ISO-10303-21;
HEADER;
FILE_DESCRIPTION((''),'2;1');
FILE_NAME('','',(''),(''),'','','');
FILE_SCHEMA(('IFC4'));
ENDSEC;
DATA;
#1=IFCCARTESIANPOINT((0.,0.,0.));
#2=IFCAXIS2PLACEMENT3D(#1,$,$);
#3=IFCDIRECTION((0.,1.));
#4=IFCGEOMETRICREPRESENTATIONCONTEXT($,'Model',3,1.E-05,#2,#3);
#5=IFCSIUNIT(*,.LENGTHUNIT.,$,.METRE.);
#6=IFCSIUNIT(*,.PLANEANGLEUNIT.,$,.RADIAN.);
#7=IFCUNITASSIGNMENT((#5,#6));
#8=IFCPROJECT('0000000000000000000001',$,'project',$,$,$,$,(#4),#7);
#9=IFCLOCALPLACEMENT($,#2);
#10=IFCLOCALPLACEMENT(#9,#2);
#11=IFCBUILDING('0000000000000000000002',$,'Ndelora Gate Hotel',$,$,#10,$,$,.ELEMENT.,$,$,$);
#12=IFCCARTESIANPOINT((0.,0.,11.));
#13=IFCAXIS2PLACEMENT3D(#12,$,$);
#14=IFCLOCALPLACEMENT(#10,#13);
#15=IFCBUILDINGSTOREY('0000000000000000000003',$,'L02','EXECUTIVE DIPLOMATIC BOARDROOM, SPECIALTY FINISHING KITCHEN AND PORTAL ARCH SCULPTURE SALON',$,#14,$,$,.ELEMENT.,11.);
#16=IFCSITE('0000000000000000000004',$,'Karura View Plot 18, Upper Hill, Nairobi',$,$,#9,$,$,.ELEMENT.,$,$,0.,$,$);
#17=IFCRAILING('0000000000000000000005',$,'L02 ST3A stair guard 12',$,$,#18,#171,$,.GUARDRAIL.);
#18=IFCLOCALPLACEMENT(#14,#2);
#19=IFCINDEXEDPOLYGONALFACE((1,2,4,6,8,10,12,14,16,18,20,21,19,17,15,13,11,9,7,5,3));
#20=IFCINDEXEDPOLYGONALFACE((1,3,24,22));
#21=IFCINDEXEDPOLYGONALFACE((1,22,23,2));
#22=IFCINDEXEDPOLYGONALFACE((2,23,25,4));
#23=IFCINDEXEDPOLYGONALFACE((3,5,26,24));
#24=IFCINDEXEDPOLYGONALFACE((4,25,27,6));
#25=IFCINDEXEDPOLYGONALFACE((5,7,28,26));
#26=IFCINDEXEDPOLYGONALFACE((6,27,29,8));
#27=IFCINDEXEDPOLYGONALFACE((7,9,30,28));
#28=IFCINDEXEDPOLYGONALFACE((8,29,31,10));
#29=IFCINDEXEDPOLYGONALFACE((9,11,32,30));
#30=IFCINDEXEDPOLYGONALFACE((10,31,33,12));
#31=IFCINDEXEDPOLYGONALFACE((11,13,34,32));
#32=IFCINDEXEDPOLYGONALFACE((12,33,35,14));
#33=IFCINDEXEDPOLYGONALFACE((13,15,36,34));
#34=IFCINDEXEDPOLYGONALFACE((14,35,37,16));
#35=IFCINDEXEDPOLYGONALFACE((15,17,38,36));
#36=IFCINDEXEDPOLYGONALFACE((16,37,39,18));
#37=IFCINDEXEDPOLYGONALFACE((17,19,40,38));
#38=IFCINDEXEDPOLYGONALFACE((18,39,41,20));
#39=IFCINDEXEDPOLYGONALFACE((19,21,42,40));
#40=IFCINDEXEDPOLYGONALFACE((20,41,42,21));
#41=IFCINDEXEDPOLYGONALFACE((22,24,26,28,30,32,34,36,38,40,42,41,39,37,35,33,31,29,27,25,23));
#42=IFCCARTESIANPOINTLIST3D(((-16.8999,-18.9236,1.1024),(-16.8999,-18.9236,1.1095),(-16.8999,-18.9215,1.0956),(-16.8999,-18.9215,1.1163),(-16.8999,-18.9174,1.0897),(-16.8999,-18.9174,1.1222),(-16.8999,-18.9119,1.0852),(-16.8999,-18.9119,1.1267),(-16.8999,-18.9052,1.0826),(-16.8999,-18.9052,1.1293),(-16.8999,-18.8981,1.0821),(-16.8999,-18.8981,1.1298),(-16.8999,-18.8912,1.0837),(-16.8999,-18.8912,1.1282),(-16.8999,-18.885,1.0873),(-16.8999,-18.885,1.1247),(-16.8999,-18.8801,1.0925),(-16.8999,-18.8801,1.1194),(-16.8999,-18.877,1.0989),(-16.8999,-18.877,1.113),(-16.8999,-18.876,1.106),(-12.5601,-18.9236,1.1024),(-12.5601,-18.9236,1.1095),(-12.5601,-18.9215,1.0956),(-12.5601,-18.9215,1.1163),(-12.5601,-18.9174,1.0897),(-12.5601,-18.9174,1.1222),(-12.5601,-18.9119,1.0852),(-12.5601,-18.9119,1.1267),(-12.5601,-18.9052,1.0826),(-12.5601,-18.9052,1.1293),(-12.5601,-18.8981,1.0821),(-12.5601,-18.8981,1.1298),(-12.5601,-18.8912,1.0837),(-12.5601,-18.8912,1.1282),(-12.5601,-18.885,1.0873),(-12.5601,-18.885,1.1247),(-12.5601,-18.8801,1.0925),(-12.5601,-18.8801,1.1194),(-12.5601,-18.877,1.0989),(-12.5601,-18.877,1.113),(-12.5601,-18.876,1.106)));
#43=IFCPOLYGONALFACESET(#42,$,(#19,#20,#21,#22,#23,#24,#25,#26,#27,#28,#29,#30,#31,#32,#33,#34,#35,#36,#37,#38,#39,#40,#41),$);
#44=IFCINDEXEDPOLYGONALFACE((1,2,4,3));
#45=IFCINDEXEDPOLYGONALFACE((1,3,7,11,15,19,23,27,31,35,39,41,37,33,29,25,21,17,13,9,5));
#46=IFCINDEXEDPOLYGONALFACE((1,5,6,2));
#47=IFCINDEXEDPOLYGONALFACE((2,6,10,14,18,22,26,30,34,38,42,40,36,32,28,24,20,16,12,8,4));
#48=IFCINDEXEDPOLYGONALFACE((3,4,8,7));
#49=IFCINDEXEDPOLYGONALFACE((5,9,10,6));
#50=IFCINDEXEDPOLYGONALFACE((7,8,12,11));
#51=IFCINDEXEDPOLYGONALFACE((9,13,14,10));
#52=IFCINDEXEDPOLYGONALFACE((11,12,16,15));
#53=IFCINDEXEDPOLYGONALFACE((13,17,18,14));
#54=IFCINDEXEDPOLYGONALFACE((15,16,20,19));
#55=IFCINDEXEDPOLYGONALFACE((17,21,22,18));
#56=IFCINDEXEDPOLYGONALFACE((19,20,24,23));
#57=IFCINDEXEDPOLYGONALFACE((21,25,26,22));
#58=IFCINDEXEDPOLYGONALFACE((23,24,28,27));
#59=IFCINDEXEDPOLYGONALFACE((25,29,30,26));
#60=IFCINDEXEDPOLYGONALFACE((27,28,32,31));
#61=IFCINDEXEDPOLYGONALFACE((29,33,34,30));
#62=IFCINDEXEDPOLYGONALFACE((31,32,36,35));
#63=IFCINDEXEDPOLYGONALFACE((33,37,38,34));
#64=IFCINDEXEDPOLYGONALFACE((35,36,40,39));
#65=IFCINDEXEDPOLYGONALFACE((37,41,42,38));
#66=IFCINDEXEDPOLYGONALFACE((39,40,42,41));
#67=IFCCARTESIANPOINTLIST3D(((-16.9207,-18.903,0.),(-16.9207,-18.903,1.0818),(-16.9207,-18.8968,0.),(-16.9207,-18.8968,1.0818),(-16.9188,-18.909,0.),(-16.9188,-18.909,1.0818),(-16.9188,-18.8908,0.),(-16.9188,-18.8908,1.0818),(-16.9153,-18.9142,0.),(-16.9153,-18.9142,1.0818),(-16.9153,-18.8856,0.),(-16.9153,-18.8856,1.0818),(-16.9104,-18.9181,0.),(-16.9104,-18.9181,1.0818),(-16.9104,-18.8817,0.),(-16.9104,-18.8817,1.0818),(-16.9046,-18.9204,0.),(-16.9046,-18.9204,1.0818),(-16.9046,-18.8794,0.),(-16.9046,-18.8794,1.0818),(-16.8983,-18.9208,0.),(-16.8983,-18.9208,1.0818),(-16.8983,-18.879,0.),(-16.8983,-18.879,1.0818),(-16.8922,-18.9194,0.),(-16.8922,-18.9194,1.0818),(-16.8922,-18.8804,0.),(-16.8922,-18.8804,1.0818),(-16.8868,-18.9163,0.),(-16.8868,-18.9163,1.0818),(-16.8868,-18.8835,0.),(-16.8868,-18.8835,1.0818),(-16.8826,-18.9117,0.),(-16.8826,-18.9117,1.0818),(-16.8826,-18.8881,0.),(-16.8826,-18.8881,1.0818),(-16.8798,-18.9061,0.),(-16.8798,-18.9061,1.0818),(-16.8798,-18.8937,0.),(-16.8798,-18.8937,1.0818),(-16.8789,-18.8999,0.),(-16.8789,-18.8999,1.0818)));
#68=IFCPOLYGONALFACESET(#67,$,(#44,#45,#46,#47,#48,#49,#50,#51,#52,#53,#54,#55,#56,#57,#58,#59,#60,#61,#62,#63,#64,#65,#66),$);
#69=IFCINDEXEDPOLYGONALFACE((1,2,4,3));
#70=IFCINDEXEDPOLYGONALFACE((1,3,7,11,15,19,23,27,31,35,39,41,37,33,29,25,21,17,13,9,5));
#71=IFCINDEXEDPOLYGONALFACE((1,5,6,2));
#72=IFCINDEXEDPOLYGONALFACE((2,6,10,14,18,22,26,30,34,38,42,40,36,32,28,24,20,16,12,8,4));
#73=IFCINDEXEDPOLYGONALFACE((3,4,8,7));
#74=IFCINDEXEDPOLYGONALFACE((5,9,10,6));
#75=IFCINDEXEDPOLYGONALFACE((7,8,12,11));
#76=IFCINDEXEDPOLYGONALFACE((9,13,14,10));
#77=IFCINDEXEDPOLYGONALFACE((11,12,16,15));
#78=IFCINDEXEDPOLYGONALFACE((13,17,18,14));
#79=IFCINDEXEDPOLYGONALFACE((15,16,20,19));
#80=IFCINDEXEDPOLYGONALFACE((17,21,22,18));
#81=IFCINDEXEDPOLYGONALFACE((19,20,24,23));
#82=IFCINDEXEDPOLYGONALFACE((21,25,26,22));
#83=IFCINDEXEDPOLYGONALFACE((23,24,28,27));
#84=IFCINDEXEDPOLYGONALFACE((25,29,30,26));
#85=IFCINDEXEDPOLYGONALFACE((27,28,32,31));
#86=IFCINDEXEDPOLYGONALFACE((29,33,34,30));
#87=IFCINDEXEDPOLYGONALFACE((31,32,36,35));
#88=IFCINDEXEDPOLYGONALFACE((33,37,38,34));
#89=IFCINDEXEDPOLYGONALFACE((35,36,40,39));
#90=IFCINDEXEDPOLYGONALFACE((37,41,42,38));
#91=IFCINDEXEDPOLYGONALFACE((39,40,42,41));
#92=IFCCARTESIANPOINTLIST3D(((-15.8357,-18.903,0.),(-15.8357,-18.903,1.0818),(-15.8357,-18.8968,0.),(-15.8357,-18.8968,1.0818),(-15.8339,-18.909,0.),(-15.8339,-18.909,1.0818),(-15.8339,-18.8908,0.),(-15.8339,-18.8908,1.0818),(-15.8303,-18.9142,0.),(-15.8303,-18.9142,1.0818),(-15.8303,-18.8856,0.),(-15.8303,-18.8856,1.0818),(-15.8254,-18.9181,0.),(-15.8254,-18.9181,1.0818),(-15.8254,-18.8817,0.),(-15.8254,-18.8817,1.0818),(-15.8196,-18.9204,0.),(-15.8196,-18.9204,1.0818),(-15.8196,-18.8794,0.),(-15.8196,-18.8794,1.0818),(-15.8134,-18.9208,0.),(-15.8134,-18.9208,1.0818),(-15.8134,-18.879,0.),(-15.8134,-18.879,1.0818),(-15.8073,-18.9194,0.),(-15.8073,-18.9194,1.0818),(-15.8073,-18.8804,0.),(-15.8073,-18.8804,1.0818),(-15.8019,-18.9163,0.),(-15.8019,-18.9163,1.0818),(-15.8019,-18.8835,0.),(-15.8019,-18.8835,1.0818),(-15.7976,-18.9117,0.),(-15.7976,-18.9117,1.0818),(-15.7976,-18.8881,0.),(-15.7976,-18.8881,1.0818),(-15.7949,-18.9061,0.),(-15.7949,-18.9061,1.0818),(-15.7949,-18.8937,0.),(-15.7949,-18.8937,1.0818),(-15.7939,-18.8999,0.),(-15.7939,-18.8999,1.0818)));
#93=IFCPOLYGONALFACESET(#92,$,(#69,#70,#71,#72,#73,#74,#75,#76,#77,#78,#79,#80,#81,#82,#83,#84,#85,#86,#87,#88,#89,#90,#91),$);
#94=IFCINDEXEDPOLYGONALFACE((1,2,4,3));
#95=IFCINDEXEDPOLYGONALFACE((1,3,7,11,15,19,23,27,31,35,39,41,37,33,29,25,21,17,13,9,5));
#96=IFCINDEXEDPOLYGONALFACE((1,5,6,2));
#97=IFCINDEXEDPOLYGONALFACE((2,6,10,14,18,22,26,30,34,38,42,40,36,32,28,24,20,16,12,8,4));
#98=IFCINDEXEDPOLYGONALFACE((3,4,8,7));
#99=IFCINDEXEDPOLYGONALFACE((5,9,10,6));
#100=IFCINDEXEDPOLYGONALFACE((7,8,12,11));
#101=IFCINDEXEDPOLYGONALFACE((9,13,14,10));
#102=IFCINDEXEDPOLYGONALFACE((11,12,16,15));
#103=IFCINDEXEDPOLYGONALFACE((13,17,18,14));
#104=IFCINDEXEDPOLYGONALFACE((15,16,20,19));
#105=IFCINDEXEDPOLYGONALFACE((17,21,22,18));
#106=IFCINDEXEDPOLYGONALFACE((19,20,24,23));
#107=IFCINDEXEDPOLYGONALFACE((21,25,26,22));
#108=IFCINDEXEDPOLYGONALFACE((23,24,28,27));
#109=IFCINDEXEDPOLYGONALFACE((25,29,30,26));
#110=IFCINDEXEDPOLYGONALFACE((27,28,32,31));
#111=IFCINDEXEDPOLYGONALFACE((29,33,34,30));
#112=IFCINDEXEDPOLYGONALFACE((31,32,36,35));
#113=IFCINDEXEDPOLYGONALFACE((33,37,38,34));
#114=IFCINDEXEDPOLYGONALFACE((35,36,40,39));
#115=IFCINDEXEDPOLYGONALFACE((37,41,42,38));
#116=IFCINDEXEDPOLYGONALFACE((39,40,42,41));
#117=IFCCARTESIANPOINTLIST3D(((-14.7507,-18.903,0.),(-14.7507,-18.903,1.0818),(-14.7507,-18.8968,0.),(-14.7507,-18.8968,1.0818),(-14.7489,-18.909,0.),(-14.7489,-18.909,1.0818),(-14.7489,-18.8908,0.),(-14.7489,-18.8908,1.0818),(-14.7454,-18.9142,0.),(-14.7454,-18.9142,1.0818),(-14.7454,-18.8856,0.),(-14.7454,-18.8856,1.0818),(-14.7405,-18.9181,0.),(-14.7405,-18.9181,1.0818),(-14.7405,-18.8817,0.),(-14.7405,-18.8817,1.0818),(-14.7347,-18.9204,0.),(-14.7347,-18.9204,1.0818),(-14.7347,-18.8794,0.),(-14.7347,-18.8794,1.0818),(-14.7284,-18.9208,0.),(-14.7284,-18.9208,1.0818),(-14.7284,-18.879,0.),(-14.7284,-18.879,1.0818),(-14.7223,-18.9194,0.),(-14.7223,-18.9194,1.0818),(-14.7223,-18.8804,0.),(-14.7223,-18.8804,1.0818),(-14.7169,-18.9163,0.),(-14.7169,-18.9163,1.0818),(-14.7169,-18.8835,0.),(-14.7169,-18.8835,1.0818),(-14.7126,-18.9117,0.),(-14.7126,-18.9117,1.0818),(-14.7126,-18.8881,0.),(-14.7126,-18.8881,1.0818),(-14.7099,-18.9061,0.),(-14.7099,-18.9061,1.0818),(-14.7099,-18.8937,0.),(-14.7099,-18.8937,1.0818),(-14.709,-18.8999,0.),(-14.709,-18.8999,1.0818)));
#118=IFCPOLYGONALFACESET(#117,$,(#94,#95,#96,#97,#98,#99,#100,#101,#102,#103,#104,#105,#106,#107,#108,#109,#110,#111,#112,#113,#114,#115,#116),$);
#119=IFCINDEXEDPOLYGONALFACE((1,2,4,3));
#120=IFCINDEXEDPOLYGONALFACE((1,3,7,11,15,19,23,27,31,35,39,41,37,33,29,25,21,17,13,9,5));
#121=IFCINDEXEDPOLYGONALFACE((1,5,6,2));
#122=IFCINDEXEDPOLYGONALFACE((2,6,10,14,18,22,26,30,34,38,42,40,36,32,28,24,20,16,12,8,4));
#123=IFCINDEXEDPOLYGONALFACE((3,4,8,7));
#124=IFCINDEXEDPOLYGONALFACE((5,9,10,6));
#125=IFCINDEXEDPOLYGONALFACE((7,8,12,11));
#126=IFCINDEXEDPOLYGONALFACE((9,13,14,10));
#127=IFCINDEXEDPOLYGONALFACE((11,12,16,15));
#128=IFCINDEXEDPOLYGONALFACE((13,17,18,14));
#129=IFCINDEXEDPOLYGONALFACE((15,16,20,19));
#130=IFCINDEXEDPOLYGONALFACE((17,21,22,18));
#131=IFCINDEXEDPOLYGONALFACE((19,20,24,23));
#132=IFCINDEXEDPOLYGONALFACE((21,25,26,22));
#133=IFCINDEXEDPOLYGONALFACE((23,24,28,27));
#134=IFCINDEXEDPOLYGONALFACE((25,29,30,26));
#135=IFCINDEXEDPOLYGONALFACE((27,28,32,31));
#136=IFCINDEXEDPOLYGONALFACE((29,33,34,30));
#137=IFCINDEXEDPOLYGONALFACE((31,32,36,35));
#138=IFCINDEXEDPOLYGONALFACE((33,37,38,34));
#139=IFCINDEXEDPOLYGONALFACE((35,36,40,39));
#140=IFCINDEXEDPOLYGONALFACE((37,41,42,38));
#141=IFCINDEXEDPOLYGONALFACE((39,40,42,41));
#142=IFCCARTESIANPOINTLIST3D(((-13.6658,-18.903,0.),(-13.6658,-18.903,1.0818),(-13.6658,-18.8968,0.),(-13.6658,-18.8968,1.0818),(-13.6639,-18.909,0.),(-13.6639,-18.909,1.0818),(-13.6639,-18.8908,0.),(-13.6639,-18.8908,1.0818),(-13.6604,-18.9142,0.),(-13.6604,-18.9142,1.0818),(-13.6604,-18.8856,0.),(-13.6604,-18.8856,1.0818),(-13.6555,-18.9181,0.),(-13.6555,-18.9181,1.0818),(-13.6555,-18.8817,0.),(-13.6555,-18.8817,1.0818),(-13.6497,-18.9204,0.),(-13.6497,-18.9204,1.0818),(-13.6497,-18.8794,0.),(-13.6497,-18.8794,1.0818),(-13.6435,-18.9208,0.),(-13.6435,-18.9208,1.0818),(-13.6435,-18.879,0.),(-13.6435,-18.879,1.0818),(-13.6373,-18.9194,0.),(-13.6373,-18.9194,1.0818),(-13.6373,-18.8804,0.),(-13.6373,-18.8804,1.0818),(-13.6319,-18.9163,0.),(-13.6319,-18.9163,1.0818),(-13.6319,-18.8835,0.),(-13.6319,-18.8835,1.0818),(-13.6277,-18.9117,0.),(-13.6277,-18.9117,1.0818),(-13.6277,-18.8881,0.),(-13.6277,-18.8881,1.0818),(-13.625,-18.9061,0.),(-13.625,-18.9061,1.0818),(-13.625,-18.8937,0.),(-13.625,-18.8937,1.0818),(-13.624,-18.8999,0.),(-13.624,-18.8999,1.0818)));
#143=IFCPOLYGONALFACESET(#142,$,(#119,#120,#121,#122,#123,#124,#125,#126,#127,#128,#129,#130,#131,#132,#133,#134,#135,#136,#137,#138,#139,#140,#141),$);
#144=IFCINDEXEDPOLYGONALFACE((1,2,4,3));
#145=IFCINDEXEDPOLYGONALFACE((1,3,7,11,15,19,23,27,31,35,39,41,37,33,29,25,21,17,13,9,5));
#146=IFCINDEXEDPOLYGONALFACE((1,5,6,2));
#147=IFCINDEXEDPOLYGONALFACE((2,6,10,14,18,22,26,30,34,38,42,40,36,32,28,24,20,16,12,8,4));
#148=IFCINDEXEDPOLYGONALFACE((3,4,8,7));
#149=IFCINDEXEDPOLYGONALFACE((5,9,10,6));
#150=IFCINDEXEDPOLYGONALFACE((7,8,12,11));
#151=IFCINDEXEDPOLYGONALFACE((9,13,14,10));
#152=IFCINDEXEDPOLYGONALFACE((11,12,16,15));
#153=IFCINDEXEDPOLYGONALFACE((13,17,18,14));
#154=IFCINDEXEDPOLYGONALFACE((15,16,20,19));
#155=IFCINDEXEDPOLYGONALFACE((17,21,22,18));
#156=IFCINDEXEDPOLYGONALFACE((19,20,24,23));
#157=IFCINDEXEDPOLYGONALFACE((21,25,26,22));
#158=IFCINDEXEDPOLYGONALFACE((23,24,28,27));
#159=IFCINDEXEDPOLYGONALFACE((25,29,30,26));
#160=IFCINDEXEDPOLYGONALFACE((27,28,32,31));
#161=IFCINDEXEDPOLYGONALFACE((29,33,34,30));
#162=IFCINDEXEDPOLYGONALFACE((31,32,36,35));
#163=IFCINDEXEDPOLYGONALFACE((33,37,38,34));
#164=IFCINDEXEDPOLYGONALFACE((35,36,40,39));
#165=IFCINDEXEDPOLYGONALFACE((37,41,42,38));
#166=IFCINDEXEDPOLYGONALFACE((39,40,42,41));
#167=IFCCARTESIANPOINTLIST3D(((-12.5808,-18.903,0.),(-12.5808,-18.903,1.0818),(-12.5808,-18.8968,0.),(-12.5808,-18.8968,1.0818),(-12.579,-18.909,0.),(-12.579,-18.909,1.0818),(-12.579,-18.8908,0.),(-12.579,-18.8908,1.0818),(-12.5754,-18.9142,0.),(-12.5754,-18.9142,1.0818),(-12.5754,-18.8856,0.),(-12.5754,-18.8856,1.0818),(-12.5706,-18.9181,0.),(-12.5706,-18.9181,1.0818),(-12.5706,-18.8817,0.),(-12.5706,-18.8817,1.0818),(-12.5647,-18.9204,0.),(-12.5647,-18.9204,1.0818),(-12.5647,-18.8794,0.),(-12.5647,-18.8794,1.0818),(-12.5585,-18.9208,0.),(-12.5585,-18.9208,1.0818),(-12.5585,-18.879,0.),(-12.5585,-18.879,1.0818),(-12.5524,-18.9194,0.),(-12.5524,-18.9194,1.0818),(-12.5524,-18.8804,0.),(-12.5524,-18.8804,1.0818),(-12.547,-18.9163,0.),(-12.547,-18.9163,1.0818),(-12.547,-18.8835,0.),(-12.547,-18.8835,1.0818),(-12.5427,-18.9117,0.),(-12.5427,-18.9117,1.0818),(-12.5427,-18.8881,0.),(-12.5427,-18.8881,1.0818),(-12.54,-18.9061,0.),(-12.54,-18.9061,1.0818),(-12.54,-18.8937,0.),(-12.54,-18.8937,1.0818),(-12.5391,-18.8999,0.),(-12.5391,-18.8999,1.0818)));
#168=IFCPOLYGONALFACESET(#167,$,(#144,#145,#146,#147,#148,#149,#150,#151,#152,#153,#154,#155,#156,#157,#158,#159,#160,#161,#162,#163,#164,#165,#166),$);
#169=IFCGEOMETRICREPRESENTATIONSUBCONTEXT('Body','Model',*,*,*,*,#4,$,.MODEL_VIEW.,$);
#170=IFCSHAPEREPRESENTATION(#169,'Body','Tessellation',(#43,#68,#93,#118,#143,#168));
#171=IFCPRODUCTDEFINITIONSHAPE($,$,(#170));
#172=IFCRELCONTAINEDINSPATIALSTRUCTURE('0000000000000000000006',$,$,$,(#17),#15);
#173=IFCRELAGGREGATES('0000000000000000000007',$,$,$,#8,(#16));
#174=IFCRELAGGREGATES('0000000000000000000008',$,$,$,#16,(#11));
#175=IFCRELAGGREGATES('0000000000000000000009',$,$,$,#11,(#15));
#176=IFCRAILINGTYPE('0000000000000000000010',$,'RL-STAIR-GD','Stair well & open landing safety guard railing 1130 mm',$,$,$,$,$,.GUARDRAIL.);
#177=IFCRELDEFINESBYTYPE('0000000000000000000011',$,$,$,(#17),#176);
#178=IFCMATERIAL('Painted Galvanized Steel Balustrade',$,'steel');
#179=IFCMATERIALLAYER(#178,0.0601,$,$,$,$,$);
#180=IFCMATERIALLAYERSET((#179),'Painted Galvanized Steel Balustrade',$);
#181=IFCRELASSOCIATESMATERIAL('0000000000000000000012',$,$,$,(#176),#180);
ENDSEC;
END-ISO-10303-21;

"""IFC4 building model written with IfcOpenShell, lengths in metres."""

from ifc_helpers import new_model, si_unit, direction, frame, origin, origin_2d, place, context, subcontext, project, spatial, circle, extrude, material, layer, layer_set, type_object, element, save


model = new_model("IFC4")

# Units and contexts
model_context = context("Model", 3, precision=1e-05, world=origin(), true_north=direction((0.0, 1.0)))
body_context = subcontext(model_context, "Body", "Model", "MODEL_VIEW")
ifc_project = project(units=[si_unit("LENGTHUNIT", "METRE"), si_unit("PLANEANGLEUNIT", "RADIAN")], contexts=[model_context])

# Site, building, storey
site_placement = place(None, origin())
site = spatial("IfcSite", under=ifc_project, at=site_placement, Name="Karura View Plot 18, Upper Hill, Nairobi", CompositionType="ELEMENT", RefElevation=0.0)
building_placement = place(site_placement, origin())
building = spatial("IfcBuilding", under=site, at=building_placement, Name="Ndelora Gate Hotel", CompositionType="ELEMENT")
storey_placement = place(building_placement, frame((0.0, 0.0, 11.0)))
storey = spatial("IfcBuildingStorey", under=building, at=storey_placement, Name="L02", Description="EXECUTIVE DIPLOMATIC BOARDROOM, SPECIALTY FINISHING KITCHEN AND PORTAL ARCH SCULPTURE SALON", CompositionType="ELEMENT", Elevation=11.0)

# Railing
ifc_material_1 = material(Name="Painted Galvanized Steel Balustrade", Category="steel")
ifc_layer_1 = layer(ifc_material_1, 0.0601)
ifc_layer_set_1 = layer_set([ifc_layer_1], Name="Painted Galvanized Steel Balustrade")
railing_type_1 = type_object("IfcRailingType", Name="RL-STAIR-GD", Description="Stair well & open landing safety guard railing 1130 mm", PredefinedType="GUARDRAIL", material=ifc_layer_set_1)
railing_1_placement = place(storey_placement, frame((-16.8999, -18.8999, 0.0)))
element("IfcRailing", 1, at=railing_1_placement, inside=storey, type_object=railing_type_1, Name="L02 ST3A stair guard 12", PredefinedType="GUARDRAIL", context=body_context, shape_type="SweptSolid", body=[
    extrude(circle(Radius=0.0239, at=origin_2d()), frame((0.0, 0.0, 1.106), z_axis=(1.0, 0.0, 0.0), x_axis=(0.0, 1.0, 0.0)), (0.0, 0.0, 1.0), 4.3398),
    extrude(circle(Radius=0.021, at=origin_2d()), origin(), (0.0, 0.0, 1.0), 1.0818),
    extrude(circle(Radius=0.021, at=origin_2d()), frame((1.085, 0.0, 0.0)), (0.0, 0.0, 1.0), 1.0818),
    extrude(circle(Radius=0.021, at=origin_2d()), frame((2.1699, 0.0, 0.0)), (0.0, 0.0, 1.0), 1.0818),
    extrude(circle(Radius=0.021, at=origin_2d()), frame((3.2549, 0.0, 0.0)), (0.0, 0.0, 1.0), 1.0818),
    extrude(circle(Radius=0.021, at=origin_2d()), frame((4.3398, 0.0, 0.0)), (0.0, 0.0, 1.0), 1.0818),
])

save(model, "model.ifc")
